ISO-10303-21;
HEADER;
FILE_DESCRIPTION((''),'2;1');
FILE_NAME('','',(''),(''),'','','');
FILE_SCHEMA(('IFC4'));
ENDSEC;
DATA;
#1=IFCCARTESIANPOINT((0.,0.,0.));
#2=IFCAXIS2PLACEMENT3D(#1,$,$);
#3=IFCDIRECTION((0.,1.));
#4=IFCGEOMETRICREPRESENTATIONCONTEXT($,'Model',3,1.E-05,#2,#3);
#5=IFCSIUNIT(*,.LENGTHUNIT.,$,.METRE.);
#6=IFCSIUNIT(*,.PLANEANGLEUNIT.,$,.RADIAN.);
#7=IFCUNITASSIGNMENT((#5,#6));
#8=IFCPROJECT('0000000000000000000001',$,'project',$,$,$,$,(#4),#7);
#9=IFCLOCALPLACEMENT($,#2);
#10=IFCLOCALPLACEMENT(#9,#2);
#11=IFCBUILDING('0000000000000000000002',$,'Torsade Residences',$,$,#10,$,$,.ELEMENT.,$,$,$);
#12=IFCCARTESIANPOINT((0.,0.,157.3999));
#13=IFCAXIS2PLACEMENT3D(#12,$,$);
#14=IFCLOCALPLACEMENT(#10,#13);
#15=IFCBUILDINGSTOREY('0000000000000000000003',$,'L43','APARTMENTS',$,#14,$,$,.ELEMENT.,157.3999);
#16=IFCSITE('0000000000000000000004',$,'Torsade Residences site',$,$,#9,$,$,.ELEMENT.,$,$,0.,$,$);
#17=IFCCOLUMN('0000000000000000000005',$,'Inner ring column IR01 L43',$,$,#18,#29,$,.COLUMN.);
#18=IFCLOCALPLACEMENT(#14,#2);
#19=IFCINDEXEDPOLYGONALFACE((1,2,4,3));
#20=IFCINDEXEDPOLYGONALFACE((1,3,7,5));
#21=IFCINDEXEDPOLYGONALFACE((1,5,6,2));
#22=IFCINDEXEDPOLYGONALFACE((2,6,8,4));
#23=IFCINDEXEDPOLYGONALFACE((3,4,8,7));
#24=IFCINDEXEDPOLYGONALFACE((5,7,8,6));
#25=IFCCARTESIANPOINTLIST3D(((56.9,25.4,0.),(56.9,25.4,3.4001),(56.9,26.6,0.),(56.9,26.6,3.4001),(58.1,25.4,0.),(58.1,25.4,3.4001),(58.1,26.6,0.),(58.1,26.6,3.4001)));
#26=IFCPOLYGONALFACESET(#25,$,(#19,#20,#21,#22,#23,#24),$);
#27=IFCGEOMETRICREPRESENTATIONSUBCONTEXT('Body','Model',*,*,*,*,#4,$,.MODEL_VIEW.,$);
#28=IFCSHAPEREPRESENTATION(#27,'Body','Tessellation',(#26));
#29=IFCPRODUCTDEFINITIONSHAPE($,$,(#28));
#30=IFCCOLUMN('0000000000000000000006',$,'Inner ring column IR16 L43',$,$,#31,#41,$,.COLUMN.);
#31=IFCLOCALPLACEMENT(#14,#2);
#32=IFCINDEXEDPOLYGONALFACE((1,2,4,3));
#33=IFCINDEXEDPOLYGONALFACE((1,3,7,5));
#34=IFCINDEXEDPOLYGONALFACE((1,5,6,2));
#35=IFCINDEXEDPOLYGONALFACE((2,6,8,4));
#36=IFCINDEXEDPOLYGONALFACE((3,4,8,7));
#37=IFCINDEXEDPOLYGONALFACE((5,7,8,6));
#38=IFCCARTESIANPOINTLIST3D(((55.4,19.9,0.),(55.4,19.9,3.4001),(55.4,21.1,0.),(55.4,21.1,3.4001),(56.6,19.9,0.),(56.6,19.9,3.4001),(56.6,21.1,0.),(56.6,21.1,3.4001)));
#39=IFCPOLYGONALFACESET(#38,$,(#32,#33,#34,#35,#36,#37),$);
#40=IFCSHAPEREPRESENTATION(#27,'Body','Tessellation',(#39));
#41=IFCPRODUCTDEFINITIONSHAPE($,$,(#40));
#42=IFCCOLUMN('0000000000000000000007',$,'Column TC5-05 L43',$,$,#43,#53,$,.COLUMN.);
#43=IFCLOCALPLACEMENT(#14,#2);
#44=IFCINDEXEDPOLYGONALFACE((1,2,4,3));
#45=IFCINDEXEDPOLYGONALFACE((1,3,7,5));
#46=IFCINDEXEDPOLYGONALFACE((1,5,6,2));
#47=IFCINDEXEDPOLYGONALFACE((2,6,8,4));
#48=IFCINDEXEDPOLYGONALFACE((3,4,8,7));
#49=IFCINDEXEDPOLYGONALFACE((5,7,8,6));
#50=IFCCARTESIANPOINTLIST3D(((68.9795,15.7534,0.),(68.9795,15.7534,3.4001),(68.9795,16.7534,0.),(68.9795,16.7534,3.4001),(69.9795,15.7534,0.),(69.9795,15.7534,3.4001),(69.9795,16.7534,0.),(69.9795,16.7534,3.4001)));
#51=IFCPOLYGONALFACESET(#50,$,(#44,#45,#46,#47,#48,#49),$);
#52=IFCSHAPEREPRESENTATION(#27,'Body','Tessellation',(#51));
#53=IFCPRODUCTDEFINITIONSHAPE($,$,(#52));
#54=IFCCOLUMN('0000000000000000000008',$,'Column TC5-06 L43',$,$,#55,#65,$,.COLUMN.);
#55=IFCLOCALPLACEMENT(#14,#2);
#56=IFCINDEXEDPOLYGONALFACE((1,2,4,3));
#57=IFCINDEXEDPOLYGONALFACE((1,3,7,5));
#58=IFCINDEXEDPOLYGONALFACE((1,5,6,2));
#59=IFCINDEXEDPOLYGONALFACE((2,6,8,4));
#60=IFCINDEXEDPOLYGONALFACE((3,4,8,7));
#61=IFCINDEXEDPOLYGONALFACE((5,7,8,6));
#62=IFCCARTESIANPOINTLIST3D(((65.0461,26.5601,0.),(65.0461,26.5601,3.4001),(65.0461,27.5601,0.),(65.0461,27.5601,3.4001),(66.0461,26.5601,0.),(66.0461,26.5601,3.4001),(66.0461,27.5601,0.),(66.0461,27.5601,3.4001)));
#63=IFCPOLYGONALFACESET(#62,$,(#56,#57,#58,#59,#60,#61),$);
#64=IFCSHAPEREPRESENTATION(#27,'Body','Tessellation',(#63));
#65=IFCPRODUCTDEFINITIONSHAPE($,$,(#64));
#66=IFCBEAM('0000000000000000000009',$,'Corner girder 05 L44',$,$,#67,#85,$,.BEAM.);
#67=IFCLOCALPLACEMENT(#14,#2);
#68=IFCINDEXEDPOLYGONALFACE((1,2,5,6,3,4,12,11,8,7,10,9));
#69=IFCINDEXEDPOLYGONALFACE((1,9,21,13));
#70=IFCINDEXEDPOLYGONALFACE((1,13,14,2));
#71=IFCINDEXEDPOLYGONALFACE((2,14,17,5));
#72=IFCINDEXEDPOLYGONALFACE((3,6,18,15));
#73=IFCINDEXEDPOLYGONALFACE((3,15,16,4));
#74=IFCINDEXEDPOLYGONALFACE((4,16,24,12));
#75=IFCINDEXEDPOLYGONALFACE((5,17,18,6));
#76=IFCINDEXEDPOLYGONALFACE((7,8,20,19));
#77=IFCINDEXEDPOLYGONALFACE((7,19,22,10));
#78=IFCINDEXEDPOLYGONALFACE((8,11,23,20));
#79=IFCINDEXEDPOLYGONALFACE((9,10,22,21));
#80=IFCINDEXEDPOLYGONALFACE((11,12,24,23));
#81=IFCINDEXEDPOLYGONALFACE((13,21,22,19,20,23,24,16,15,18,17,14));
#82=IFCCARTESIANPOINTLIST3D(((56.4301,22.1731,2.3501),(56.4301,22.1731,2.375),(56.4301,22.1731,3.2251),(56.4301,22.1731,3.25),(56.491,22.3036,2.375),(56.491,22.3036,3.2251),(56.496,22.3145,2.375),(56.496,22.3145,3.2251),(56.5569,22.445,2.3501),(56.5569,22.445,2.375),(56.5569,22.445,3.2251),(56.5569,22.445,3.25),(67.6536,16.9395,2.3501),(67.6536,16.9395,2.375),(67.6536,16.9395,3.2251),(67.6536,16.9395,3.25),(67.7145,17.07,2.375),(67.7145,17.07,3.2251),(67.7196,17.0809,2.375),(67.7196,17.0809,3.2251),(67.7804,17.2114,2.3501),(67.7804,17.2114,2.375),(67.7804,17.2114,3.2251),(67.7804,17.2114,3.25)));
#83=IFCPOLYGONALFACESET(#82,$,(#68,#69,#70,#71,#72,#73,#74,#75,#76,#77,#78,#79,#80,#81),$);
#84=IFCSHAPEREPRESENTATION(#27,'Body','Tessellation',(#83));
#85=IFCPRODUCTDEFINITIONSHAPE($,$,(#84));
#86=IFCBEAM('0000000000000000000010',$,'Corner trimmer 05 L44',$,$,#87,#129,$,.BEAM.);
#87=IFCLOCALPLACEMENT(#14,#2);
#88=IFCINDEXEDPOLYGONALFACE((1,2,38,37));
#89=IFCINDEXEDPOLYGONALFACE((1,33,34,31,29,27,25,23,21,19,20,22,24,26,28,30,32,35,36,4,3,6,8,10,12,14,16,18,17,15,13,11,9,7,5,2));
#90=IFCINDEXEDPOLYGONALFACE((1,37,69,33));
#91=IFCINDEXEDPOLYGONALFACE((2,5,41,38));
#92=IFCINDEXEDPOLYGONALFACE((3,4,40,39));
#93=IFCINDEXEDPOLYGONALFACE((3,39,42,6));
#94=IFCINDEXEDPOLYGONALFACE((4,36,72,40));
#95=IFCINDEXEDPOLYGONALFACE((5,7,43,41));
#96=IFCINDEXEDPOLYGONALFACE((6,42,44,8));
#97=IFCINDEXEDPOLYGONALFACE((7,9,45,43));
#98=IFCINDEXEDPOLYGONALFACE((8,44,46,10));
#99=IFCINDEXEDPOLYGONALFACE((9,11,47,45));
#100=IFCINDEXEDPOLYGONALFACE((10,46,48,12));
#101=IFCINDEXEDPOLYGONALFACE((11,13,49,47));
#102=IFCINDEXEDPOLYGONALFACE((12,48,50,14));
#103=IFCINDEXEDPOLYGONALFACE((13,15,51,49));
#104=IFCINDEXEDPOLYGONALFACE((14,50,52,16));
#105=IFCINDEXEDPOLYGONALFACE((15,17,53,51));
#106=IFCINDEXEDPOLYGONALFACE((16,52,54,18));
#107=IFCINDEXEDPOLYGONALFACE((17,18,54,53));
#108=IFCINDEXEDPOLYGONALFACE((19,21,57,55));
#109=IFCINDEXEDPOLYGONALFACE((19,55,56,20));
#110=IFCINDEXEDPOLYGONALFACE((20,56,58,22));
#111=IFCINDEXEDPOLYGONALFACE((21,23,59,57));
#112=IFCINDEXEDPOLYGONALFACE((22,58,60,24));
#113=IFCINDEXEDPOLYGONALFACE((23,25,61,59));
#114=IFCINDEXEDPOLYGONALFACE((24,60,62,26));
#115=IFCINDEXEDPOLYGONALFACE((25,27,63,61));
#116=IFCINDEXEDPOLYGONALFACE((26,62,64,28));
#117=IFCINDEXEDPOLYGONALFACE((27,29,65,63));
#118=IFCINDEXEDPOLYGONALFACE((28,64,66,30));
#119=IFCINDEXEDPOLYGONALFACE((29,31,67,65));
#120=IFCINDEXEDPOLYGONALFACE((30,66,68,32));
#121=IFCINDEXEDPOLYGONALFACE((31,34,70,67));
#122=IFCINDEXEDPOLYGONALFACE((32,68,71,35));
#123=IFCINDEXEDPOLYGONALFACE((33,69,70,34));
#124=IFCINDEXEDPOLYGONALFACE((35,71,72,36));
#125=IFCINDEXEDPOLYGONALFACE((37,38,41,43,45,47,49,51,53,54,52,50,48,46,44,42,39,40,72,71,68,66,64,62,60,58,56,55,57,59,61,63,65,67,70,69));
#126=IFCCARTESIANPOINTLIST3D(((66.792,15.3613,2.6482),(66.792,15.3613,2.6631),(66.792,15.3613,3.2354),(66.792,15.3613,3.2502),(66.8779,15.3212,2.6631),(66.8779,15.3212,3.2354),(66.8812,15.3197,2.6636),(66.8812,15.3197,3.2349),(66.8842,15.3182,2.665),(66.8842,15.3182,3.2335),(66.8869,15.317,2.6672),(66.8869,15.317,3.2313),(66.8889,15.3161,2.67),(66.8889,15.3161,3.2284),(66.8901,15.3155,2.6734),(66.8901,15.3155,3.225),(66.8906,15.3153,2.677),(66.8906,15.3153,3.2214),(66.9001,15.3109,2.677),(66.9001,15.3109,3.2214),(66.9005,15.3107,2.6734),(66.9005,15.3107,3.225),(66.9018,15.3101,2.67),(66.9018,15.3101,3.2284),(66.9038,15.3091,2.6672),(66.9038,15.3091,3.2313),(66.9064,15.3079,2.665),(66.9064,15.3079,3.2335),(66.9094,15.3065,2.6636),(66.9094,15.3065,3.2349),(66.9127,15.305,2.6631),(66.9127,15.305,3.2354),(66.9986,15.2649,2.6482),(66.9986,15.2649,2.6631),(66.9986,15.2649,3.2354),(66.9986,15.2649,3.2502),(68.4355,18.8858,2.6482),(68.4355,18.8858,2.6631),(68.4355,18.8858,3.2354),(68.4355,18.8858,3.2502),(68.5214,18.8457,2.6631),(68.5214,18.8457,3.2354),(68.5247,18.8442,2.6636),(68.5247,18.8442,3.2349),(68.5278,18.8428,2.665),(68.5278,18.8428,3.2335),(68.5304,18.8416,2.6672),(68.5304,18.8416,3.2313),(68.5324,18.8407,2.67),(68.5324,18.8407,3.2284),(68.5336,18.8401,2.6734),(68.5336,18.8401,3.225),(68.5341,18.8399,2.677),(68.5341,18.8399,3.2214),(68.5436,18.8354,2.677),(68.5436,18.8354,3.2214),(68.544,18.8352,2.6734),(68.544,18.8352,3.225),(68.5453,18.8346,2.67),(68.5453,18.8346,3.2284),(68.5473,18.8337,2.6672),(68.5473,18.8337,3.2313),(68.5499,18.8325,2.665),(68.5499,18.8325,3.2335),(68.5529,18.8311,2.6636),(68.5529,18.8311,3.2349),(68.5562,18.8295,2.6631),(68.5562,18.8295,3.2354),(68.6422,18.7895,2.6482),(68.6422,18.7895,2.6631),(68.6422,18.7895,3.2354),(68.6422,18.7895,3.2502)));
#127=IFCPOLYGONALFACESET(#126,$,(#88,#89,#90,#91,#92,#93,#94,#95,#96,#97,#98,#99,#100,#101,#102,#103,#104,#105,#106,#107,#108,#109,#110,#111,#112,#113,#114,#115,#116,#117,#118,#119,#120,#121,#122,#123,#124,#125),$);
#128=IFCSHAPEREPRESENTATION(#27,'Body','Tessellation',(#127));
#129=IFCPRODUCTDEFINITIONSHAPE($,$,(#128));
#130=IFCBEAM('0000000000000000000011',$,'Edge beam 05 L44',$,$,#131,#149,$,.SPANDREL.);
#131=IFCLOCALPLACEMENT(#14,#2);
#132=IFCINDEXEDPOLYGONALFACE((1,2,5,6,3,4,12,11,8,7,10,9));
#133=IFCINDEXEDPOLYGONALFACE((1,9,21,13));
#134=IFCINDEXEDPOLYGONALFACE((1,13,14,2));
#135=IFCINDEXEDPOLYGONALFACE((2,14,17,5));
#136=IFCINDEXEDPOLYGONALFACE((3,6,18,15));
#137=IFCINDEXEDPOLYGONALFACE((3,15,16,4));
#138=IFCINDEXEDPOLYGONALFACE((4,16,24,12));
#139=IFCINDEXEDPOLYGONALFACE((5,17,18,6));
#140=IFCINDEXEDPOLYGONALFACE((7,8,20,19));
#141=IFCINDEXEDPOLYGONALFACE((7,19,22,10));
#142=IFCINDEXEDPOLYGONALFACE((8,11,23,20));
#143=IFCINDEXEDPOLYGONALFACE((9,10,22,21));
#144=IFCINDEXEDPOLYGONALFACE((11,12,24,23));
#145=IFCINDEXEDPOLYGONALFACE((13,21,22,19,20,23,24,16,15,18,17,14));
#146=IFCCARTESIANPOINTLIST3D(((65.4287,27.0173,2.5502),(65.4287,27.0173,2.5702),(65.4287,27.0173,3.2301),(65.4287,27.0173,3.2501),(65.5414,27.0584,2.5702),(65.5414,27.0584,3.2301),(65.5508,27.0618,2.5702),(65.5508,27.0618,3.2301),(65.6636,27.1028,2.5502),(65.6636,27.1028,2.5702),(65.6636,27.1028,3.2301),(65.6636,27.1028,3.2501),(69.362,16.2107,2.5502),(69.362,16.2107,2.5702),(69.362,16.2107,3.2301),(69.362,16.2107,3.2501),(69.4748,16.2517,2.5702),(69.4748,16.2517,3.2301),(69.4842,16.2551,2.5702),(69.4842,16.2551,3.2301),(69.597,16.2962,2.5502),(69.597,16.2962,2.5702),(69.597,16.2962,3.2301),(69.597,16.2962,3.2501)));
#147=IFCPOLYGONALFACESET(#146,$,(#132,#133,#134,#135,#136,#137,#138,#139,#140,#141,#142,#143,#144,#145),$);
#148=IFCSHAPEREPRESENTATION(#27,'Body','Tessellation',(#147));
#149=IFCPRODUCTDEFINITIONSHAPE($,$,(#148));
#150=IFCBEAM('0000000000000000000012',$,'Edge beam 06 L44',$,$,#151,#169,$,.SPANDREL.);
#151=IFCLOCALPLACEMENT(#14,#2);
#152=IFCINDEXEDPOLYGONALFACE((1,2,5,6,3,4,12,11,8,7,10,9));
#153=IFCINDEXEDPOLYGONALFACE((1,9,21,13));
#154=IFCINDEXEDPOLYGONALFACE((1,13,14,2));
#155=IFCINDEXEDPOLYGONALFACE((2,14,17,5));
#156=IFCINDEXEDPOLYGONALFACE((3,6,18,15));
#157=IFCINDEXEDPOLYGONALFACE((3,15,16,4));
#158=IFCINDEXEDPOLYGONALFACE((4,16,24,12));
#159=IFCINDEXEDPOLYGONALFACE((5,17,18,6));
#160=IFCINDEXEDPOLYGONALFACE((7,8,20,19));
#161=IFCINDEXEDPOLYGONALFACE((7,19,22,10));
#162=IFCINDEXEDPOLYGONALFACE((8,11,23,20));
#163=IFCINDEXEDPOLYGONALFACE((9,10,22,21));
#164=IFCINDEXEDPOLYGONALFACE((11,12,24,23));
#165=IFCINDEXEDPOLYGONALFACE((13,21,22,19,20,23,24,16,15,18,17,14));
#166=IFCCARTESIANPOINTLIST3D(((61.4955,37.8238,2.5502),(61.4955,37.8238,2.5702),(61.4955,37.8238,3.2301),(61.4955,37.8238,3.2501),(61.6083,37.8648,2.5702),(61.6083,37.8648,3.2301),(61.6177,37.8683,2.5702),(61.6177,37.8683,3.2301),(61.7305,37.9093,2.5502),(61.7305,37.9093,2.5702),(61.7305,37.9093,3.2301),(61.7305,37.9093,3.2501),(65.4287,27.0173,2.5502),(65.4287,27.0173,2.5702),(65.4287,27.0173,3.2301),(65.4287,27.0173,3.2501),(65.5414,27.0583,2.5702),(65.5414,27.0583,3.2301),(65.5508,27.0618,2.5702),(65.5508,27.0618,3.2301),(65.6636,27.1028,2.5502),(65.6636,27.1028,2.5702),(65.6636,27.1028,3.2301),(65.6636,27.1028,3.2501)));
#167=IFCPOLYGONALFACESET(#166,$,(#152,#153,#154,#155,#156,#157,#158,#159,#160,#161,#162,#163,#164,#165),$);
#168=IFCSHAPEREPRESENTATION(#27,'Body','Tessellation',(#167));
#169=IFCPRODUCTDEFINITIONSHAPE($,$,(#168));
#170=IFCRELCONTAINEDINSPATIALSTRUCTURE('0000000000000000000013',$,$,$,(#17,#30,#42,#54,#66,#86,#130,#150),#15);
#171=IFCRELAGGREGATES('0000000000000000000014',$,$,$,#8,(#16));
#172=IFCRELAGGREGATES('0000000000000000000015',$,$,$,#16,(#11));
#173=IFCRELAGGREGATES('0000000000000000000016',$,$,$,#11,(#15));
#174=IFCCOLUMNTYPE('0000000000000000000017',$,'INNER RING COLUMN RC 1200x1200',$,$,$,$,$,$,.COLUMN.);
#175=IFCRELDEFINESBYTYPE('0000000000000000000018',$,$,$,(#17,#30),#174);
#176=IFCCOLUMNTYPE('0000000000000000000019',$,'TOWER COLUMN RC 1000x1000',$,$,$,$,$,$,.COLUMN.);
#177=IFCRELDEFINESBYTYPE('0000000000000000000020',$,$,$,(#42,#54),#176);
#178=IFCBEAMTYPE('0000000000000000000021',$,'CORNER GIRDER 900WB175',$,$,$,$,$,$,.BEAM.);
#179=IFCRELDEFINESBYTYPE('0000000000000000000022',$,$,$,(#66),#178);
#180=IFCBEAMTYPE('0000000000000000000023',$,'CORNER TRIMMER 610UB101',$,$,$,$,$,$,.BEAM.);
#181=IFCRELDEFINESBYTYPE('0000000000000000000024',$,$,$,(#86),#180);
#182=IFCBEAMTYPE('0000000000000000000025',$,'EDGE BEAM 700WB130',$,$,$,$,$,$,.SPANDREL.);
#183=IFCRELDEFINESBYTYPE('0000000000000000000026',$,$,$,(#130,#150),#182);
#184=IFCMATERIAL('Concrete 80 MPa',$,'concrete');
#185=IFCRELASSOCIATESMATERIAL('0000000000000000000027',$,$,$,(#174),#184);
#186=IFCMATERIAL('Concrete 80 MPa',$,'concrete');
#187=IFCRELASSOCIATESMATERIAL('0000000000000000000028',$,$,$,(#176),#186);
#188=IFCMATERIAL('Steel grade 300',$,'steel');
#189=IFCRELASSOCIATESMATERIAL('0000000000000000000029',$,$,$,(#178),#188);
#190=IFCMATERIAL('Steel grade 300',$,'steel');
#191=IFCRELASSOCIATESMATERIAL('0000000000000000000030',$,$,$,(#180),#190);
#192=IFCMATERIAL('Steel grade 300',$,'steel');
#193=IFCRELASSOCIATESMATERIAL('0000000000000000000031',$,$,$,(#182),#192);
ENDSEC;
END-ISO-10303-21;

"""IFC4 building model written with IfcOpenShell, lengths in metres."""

from ifc_helpers import new_model, si_unit, direction, frame, origin, origin_2d, place, context, subcontext, project, spatial, rectangle, i_section, extrude, material, material_profile, profile_set, type_object, element, save


model = new_model("IFC4")

# Units and contexts
model_context = context("Model", 3, precision=1e-05, world=origin(), true_north=direction((0.0, 1.0)))
body_context = subcontext(model_context, "Body", "Model", "MODEL_VIEW")
ifc_project = project(units=[si_unit("LENGTHUNIT", "METRE"), si_unit("PLANEANGLEUNIT", "RADIAN")], contexts=[model_context])

# Site, building, storey
site_placement = place(None, origin())
site = spatial("IfcSite", under=ifc_project, at=site_placement, Name="Torsade Residences site", CompositionType="ELEMENT", RefElevation=0.0)
building_placement = place(site_placement, origin())
building = spatial("IfcBuilding", under=site, at=building_placement, Name="Torsade Residences", CompositionType="ELEMENT")
storey_placement = place(building_placement, frame((0.0, 0.0, 157.3999)))
storey = spatial("IfcBuildingStorey", under=building, at=storey_placement, Name="L43", Description="APARTMENTS", CompositionType="ELEMENT", Elevation=157.3999)

# Columns
ifc_material_1 = material(Name="Concrete 80 MPa", Category="concrete")
ifc_material_profile_1 = material_profile(ifc_material_1, rectangle(XDim=1.2, YDim=1.2, at=origin_2d()), Name="RC 1200x1200")
ifc_profile_set_1 = profile_set([ifc_material_profile_1], Name="Concrete 80 MPa")
column_type_1 = type_object("IfcColumnType", Name="INNER RING COLUMN RC 1200x1200", PredefinedType="COLUMN", material=ifc_profile_set_1)
for number, where, z_axis, x_axis, name in (
    (1, (57.5, 26.0, 0.0), (0.0, 0.0, 1.0), (1.0, 0.0, 0.0), "Inner ring column IR01 L43"),
    (2, (56.0, 20.5, 0.0), (0.0, 0.0, 1.0), (1.0, 0.0, 0.0), "Inner ring column IR16 L43"),
):
    element("IfcColumn", number, at=place(storey_placement, frame(where, z_axis=z_axis, x_axis=x_axis)), inside=storey, type_object=column_type_1, Name=name, PredefinedType="COLUMN", context=body_context, shape_type="SweptSolid", body=[
        extrude(rectangle(XDim=1.2, YDim=1.2, at=origin_2d()), origin(), (0.0, 0.0, 1.0), 3.4001),
    ])
ifc_material_2 = material(Name="Concrete 80 MPa", Category="concrete")
ifc_material_profile_2 = material_profile(ifc_material_2, rectangle(XDim=1.0, YDim=1.0, at=origin_2d()), Name="RC 1000x1000")
ifc_profile_set_2 = profile_set([ifc_material_profile_2], Name="Concrete 80 MPa")
column_type_2 = type_object("IfcColumnType", Name="TOWER COLUMN RC 1000x1000", PredefinedType="COLUMN", material=ifc_profile_set_2)
for number, where, z_axis, x_axis, name in (
    (3, (69.4795, 16.2534, 0.0), (0.0, 0.0, 1.0), (1.0, 0.0, 0.0), "Column TC5-05 L43"),
    (4, (65.5461, 27.0601, 0.0), (0.0, 0.0, 1.0), (1.0, 0.0, 0.0), "Column TC5-06 L43"),
):
    element("IfcColumn", number, at=place(storey_placement, frame(where, z_axis=z_axis, x_axis=x_axis)), inside=storey, type_object=column_type_2, Name=name, PredefinedType="COLUMN", context=body_context, shape_type="SweptSolid", body=[
        extrude(rectangle(XDim=1.0, YDim=1.0, at=origin_2d()), origin(), (0.0, 0.0, 1.0), 3.4001),
    ])

# Beams
ifc_material_3 = material(Name="Steel grade 300", Category="steel")
ifc_material_profile_3 = material_profile(ifc_material_3, i_section(OverallWidth=0.3, OverallDepth=0.8999, WebThickness=0.012, FlangeThickness=0.0249, at=origin_2d()), Name="900WB175")
ifc_profile_set_3 = profile_set([ifc_material_profile_3], Name="Steel grade 300")
beam_type_1 = type_object("IfcBeamType", Name="CORNER GIRDER 900WB175", PredefinedType="BEAM", material=ifc_profile_set_3)
beam_1_placement = place(storey_placement, frame((67.717, 17.0754, 2.8), z_axis=(-0.906309, 0.422617, 0.0), x_axis=(-0.422617, -0.906309, 0.0)))
element("IfcBeam", 5, at=beam_1_placement, inside=storey, type_object=beam_type_1, Name="Corner girder 05 L44", PredefinedType="BEAM", context=body_context, shape_type="SweptSolid", body=[
    extrude(i_section(OverallWidth=0.3, OverallDepth=0.8999, WebThickness=0.012, FlangeThickness=0.0249, at=origin_2d()), origin(), (0.0, 0.0, 1.0), 12.3838),
])
ifc_material_4 = material(Name="Steel grade 300", Category="steel")
ifc_material_profile_4 = material_profile(ifc_material_4, i_section(OverallWidth=0.228, OverallDepth=0.6021, WebThickness=0.0105, FlangeThickness=0.0149, FilletRadius=0.0139, at=origin_2d()), Name="610UB101")
ifc_profile_set_4 = profile_set([ifc_material_profile_4], Name="Steel grade 300")
beam_type_2 = type_object("IfcBeamType", Name="CORNER TRIMMER 610UB101", PredefinedType="BEAM", material=ifc_profile_set_4)
beam_2_placement = place(storey_placement, frame((68.5388, 18.8376, 2.9492), z_axis=(-0.422614, -0.90631, 0.0), x_axis=(0.90631, -0.422614, 0.0)))
element("IfcBeam", 6, at=beam_2_placement, inside=storey, type_object=beam_type_2, Name="Corner trimmer 05 L44", PredefinedType="BEAM", context=body_context, shape_type="SweptSolid", body=[
    extrude(i_section(OverallWidth=0.228, OverallDepth=0.6021, WebThickness=0.0105, FlangeThickness=0.0149, FilletRadius=0.0139, at=origin_2d()), origin(), (0.0, 0.0, 1.0), 3.8889),
])
ifc_material_5 = material(Name="Steel grade 300", Category="steel")
ifc_material_profile_5 = material_profile(ifc_material_5, i_section(OverallWidth=0.25, OverallDepth=0.7, WebThickness=0.01, FlangeThickness=0.02, at=origin_2d()), Name="700WB130")
ifc_profile_set_5 = profile_set([ifc_material_profile_5], Name="Steel grade 300")
beam_type_3 = type_object("IfcBeamType", Name="EDGE BEAM 700WB130", PredefinedType="SPANDREL", material=ifc_profile_set_5)
beam_3_placement = place(storey_placement, frame((69.4795, 16.2534, 2.9001), z_axis=(-0.342024, 0.939691, 0.0), x_axis=(-0.939691, -0.342024, 0.0)))
element("IfcBeam", 7, at=beam_3_placement, inside=storey, type_object=beam_type_3, Name="Edge beam 05 L44", PredefinedType="SPANDREL", context=body_context, shape_type="SweptSolid", body=[
    extrude(i_section(OverallWidth=0.25, OverallDepth=0.7, WebThickness=0.01, FlangeThickness=0.02, at=origin_2d()), origin(), (0.0, 0.0, 1.0), 11.5002),
])
beam_4_placement = place(storey_placement, frame((65.5461, 27.0601, 2.9001), z_axis=(-0.342012, 0.939695, 0.0), x_axis=(-0.939695, -0.342012, 0.0)))
element("IfcBeam", 8, at=beam_4_placement, inside=storey, type_object=beam_type_3, Name="Edge beam 06 L44", PredefinedType="SPANDREL", context=body_context, shape_type="SweptSolid", body=[
    extrude(i_section(OverallWidth=0.25, OverallDepth=0.7, WebThickness=0.01, FlangeThickness=0.02, at=origin_2d()), origin(), (0.0, 0.0, 1.0), 11.5),
])

save(model, "model.ifc")
